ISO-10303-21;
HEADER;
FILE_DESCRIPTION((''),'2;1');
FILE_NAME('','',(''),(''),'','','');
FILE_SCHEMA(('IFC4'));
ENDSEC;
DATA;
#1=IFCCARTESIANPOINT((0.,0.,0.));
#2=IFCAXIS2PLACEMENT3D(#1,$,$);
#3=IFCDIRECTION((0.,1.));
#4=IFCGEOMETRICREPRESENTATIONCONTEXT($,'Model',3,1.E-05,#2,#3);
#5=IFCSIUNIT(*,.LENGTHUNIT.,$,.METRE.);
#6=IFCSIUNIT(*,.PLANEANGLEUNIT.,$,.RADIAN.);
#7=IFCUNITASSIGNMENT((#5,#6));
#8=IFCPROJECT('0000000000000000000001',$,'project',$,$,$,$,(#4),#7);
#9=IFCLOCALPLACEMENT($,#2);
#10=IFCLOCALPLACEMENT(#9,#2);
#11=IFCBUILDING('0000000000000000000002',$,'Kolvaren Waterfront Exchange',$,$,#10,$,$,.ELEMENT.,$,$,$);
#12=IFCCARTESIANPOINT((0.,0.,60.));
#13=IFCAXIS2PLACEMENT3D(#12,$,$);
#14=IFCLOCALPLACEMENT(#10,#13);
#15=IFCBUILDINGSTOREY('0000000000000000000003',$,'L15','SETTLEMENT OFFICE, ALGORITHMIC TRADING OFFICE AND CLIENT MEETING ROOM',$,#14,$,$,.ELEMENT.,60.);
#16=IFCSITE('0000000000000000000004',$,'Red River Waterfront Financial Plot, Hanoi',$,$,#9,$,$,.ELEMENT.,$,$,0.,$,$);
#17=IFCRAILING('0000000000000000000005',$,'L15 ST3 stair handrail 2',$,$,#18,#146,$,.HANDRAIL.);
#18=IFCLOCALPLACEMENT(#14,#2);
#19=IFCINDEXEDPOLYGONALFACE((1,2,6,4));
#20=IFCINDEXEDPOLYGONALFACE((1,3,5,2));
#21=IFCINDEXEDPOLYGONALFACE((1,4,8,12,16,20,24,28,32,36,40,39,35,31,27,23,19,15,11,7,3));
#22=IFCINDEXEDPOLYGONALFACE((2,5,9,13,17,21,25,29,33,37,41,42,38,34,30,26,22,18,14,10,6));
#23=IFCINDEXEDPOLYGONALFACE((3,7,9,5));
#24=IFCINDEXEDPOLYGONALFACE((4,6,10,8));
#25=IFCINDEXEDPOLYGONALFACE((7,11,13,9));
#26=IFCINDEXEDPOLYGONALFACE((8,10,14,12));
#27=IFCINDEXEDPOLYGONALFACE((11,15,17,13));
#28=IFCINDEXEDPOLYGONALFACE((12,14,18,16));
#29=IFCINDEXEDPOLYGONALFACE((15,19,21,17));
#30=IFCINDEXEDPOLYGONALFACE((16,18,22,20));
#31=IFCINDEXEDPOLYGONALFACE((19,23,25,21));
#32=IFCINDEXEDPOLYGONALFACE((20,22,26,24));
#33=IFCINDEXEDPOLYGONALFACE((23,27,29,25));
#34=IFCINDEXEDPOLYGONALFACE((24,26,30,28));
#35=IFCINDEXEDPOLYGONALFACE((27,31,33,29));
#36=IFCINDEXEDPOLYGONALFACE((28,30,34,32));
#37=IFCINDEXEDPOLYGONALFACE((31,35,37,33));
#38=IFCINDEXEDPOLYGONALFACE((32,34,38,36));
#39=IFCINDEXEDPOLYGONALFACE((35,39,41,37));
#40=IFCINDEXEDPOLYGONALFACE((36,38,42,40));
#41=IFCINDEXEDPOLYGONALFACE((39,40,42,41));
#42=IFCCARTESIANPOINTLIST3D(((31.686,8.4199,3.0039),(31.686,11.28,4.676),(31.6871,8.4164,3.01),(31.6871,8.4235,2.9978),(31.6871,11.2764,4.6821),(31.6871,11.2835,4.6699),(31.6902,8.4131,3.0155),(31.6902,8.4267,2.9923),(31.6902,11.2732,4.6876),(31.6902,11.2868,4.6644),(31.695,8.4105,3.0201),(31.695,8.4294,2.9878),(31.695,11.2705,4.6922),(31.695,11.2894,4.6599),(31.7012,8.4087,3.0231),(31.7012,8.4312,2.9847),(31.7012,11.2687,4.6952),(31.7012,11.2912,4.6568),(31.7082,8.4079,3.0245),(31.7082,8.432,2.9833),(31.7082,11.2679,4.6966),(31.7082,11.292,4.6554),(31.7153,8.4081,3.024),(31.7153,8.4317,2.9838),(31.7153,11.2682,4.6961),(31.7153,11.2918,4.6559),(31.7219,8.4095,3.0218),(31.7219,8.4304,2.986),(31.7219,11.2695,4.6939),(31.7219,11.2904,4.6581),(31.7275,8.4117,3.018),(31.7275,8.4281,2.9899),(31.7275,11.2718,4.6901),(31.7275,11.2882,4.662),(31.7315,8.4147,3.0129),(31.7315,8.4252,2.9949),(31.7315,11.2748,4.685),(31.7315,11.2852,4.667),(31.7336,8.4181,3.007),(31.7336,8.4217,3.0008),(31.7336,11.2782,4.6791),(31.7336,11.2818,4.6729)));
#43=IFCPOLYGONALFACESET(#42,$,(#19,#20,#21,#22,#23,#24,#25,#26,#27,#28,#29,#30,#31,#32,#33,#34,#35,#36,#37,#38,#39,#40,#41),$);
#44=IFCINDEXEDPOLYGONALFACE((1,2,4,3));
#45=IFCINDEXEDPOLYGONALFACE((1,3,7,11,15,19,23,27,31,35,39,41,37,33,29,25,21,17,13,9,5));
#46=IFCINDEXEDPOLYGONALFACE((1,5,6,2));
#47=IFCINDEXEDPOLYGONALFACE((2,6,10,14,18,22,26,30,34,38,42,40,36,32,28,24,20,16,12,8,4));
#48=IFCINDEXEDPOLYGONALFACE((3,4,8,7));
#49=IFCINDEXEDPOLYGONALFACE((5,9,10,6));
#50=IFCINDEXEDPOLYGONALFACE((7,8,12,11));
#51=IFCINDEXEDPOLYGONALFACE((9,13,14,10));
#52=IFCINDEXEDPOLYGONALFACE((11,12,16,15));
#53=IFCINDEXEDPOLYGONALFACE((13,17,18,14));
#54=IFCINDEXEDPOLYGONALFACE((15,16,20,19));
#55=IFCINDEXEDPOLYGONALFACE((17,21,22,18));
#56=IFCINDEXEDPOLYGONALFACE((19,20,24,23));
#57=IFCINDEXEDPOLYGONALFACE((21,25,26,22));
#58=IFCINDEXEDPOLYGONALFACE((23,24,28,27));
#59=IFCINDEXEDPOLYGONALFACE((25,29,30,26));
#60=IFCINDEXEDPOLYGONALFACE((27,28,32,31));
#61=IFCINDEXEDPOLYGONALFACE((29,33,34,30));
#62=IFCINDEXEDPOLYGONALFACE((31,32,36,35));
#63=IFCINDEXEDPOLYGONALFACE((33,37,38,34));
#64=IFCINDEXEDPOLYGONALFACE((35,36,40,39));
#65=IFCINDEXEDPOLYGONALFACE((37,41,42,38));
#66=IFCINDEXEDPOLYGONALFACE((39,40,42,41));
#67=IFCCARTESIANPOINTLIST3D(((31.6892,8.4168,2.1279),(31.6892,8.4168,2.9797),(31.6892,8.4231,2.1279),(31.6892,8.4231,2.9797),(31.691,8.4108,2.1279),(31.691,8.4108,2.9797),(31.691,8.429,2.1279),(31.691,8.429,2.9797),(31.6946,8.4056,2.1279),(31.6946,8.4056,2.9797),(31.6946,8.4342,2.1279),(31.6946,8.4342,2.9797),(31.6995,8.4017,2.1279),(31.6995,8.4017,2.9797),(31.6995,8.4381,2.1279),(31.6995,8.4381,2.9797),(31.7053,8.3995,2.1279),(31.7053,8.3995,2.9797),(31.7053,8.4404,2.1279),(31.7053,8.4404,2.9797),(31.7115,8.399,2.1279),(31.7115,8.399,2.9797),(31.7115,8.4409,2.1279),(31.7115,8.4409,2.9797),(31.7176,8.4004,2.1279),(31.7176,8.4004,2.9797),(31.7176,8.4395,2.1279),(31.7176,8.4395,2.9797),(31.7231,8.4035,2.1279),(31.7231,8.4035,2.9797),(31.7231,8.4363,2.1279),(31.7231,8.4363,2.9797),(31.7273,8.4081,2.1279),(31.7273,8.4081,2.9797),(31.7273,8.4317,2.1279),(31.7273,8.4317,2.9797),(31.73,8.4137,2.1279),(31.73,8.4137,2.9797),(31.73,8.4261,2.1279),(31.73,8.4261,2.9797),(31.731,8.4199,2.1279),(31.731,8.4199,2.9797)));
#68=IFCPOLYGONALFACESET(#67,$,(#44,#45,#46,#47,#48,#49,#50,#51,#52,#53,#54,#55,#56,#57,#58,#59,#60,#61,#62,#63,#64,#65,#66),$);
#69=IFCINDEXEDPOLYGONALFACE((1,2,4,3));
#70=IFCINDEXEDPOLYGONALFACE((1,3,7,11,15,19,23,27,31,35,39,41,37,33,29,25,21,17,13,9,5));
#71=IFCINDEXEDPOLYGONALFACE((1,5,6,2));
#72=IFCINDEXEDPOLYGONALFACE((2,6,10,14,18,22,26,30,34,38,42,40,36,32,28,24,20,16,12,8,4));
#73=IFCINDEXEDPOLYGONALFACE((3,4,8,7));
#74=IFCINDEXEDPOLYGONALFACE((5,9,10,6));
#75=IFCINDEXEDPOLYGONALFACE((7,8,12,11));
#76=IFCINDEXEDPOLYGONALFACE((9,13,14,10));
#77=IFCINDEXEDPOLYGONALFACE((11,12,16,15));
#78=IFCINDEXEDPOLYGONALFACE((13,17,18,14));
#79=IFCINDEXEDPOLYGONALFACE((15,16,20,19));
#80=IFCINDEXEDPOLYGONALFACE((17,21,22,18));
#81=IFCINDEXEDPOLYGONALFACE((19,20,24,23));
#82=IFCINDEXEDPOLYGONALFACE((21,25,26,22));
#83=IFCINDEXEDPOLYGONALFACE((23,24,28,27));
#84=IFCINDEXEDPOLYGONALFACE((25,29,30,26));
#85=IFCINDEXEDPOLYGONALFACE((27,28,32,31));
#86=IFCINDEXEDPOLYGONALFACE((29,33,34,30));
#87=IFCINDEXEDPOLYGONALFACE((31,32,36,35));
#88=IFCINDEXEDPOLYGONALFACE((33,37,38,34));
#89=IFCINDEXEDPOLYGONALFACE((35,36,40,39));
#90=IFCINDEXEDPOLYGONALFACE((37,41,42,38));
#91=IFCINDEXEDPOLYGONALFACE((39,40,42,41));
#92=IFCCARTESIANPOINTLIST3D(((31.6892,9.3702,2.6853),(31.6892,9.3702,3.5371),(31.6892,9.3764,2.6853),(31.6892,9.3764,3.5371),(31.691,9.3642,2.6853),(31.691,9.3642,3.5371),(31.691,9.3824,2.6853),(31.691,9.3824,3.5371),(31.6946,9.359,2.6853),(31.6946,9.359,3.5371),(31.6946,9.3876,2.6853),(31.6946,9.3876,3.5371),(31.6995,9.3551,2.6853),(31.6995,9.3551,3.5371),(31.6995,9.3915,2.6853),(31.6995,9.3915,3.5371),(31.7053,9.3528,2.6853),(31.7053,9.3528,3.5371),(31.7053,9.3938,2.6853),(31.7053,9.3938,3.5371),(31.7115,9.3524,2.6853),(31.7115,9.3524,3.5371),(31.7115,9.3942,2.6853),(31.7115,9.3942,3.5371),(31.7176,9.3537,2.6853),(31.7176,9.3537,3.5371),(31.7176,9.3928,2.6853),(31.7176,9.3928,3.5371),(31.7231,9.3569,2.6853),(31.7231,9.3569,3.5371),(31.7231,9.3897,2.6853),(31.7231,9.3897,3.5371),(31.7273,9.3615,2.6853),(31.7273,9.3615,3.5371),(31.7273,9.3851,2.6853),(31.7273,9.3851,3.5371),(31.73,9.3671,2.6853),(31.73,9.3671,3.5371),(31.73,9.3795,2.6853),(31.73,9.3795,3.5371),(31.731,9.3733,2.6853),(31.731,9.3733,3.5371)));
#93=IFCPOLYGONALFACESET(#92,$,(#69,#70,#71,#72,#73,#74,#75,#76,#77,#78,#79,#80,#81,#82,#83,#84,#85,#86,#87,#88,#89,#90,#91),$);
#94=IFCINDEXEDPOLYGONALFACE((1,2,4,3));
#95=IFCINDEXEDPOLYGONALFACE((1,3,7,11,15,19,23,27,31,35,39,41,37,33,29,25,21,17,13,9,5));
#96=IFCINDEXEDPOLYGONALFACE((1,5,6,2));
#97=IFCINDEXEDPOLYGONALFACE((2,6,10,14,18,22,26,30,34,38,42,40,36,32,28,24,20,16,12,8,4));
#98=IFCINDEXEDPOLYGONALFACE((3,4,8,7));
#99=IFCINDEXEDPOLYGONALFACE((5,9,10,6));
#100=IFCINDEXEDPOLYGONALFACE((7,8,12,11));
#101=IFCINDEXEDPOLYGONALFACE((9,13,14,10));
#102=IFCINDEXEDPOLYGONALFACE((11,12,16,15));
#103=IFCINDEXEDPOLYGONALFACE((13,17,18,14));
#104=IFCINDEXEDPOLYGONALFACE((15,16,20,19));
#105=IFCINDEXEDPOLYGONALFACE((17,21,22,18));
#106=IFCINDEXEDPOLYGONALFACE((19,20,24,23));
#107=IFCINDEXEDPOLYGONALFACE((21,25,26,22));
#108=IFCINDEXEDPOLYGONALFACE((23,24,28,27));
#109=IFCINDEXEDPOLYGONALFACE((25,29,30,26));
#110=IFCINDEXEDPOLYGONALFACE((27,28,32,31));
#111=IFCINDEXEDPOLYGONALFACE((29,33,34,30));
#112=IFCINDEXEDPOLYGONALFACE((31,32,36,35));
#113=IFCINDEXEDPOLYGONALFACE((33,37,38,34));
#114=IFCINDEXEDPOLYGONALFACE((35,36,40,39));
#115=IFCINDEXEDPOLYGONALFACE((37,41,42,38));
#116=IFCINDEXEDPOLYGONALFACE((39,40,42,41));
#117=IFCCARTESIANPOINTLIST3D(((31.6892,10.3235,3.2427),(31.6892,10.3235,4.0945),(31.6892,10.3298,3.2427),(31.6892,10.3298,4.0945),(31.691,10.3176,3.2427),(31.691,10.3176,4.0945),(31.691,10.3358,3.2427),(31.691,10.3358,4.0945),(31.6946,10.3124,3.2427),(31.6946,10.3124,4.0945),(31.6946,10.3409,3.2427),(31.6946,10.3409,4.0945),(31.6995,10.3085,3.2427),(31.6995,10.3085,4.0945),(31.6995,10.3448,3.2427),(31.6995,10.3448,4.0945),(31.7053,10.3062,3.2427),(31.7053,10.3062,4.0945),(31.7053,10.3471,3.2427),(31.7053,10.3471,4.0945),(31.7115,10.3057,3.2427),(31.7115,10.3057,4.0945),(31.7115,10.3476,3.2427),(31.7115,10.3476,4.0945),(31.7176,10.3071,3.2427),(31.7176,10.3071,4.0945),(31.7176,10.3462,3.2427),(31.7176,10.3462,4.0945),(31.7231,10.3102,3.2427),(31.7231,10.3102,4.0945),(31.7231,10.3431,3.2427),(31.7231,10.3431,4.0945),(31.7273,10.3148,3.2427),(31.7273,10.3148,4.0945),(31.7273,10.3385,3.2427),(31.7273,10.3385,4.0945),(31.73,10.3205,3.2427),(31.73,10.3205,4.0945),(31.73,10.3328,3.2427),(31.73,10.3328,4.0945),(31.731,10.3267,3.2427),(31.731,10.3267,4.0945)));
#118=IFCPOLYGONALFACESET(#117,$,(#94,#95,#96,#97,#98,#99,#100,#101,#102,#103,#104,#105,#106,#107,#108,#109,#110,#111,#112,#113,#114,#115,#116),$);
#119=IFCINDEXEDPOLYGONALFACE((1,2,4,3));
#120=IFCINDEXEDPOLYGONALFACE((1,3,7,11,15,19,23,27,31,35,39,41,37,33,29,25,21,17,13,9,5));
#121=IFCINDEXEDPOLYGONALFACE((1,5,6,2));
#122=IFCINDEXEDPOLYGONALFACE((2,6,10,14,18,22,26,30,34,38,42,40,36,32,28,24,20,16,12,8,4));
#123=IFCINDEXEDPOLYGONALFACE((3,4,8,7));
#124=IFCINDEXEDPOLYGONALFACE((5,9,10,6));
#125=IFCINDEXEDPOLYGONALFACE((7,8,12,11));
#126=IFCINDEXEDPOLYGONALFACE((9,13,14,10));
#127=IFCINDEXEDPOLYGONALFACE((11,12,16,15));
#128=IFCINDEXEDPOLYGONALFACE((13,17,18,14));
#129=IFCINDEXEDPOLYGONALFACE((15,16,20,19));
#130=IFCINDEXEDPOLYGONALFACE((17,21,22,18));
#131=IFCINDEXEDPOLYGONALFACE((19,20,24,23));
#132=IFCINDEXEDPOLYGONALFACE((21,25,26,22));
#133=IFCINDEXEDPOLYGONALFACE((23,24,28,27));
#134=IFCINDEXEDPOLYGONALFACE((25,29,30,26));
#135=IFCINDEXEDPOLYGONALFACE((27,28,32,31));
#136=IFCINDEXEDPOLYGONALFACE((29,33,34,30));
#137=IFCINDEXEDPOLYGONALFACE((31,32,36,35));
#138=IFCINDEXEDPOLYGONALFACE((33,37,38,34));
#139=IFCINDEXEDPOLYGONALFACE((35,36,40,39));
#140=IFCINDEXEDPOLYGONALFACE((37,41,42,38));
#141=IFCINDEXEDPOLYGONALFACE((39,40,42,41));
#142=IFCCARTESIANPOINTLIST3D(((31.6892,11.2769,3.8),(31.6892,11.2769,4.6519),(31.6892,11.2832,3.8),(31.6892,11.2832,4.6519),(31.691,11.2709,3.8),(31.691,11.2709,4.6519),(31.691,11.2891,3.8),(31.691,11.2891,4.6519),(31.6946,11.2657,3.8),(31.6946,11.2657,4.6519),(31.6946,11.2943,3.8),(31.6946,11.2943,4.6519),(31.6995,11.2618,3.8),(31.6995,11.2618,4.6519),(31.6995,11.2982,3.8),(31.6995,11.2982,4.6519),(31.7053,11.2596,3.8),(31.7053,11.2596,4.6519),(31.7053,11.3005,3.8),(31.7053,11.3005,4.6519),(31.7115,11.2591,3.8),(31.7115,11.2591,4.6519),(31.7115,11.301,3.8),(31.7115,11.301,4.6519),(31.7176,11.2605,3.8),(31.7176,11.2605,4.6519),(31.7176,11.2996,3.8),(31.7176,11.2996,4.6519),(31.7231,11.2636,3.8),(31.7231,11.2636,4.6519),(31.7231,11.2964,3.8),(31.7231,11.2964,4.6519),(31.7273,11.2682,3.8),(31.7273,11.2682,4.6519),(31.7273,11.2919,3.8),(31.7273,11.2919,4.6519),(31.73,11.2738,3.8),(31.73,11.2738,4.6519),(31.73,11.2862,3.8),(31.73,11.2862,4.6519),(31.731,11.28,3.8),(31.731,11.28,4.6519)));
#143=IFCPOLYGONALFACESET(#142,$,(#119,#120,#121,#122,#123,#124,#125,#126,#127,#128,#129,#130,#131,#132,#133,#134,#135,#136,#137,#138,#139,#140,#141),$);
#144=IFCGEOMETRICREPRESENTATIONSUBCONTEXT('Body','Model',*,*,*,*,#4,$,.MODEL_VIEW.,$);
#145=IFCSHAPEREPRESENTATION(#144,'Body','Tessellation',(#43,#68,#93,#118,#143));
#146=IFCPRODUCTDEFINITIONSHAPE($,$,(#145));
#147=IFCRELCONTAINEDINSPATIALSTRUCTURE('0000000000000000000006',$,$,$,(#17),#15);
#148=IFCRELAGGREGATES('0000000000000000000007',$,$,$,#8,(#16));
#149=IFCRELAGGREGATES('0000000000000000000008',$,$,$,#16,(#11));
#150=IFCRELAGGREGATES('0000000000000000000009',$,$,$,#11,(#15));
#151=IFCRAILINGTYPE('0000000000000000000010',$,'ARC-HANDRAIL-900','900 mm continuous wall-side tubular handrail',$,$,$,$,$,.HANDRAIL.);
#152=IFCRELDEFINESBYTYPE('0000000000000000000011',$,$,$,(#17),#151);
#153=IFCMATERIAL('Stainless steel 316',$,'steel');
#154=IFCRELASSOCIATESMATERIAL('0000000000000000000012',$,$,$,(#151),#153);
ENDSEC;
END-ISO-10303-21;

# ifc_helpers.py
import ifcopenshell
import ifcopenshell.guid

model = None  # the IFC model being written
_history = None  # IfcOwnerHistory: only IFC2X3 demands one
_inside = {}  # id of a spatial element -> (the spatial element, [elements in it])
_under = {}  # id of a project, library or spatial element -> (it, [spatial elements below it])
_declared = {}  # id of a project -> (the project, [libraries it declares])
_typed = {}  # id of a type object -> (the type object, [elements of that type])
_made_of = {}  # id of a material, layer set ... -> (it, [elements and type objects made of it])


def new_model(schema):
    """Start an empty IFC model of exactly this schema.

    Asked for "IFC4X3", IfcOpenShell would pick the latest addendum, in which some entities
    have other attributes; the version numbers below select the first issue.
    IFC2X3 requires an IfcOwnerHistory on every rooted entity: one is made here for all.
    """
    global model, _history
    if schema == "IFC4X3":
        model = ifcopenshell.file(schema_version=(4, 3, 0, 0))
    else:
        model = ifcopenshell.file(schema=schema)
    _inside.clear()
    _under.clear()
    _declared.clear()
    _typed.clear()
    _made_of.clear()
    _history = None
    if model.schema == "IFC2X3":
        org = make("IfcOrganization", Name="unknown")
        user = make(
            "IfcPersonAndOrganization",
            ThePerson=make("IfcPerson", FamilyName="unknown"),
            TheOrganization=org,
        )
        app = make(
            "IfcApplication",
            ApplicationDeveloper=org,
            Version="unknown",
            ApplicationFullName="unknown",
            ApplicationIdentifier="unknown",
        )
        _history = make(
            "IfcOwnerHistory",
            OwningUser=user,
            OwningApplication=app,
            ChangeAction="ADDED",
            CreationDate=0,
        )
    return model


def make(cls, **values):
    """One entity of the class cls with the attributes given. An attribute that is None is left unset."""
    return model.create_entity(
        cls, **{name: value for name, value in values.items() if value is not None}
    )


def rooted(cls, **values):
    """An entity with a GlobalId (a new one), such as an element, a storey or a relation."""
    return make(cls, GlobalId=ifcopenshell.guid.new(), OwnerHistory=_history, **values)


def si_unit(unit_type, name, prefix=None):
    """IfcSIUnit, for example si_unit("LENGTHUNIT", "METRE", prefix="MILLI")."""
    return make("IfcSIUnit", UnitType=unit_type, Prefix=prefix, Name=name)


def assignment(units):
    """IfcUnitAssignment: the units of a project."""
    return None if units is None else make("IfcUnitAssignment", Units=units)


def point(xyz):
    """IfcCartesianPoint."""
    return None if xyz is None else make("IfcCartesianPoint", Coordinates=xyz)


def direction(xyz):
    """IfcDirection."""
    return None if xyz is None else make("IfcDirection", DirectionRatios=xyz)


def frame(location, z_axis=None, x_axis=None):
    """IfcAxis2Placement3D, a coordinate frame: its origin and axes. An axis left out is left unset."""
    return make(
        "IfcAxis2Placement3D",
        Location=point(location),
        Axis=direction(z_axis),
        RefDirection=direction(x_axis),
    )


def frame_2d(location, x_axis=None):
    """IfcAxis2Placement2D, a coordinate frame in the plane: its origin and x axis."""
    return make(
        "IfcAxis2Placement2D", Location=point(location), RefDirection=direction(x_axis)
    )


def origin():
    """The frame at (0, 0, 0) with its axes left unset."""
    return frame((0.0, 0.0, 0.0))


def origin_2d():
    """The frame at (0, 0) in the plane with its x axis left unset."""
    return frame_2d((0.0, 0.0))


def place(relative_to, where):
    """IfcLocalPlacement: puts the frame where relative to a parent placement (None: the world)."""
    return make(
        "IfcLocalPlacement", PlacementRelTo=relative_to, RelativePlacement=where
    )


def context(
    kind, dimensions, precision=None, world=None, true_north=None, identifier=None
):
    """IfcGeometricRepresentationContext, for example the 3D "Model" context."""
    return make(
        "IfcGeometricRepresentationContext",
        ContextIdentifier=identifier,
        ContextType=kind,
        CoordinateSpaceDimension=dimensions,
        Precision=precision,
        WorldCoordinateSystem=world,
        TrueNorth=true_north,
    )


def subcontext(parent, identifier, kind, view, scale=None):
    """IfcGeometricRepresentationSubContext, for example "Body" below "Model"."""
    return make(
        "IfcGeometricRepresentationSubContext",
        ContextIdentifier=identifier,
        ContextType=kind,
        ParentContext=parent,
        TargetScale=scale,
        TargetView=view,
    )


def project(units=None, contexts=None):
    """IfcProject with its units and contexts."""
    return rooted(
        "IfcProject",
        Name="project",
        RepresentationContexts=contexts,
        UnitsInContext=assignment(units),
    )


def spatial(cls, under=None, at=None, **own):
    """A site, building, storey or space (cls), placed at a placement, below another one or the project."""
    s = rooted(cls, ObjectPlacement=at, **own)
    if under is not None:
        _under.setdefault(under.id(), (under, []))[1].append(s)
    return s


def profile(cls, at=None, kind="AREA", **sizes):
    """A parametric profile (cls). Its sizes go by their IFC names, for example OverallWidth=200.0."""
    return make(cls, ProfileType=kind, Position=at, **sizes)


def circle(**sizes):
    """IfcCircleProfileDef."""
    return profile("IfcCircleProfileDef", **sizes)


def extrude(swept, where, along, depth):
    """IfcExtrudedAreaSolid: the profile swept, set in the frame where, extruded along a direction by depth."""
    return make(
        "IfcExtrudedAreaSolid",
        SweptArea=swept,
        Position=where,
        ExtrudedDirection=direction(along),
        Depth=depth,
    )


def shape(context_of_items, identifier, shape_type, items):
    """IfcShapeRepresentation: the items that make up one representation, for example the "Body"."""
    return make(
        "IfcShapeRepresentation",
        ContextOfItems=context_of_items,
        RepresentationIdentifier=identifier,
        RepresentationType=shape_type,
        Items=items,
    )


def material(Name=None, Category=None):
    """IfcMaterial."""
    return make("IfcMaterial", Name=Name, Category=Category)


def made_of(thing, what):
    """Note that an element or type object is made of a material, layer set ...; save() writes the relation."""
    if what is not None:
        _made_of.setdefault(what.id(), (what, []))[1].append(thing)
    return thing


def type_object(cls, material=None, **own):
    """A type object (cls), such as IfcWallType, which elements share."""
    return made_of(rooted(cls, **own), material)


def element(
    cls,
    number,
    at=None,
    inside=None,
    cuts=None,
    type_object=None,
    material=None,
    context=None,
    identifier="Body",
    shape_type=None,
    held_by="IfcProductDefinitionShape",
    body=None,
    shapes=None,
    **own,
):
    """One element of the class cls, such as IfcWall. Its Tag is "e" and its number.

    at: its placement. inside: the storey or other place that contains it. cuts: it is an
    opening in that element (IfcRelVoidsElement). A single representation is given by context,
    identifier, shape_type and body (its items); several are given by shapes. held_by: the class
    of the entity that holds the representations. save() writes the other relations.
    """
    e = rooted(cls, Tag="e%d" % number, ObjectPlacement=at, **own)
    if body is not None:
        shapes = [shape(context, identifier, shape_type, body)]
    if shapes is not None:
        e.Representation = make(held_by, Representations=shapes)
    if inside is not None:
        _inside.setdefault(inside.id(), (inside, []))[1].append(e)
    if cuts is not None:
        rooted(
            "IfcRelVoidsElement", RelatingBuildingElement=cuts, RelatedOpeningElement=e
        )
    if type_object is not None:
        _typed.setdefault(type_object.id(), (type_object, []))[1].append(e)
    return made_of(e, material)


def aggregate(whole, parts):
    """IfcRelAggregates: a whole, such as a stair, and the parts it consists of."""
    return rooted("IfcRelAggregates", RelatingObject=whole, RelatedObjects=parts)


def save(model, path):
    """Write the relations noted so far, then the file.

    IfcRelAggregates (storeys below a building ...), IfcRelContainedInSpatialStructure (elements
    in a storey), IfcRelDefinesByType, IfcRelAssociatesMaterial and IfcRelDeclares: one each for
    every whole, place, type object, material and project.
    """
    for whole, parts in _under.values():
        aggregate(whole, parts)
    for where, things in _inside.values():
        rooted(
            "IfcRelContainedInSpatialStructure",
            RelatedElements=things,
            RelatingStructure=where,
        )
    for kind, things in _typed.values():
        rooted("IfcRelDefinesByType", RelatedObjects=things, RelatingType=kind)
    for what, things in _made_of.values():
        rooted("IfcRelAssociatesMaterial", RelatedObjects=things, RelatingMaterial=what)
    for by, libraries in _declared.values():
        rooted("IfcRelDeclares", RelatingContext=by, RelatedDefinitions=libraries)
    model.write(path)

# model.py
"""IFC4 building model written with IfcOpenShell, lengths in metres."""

from ifc_helpers import new_model, si_unit, direction, frame, origin, origin_2d, place, context, subcontext, project, spatial, circle, extrude, material, type_object, element, save


model = new_model("IFC4")

# Units and contexts
model_context = context("Model", 3, precision=1e-05, world=origin(), true_north=direction((0.0, 1.0)))
body_context = subcontext(model_context, "Body", "Model", "MODEL_VIEW")
ifc_project = project(units=[si_unit("LENGTHUNIT", "METRE"), si_unit("PLANEANGLEUNIT", "RADIAN")], contexts=[model_context])

# Site, building, storey
site_placement = place(None, origin())
site = spatial("IfcSite", under=ifc_project, at=site_placement, Name="Red River Waterfront Financial Plot, Hanoi", CompositionType="ELEMENT", RefElevation=0.0)
building_placement = place(site_placement, origin())
building = spatial("IfcBuilding", under=site, at=building_placement, Name="Kolvaren Waterfront Exchange", CompositionType="ELEMENT")
storey_placement = place(building_placement, frame((0.0, 0.0, 60.0)))
storey = spatial("IfcBuildingStorey", under=building, at=storey_placement, Name="L15", Description="SETTLEMENT OFFICE, ALGORITHMIC TRADING OFFICE AND CLIENT MEETING ROOM", CompositionType="ELEMENT", Elevation=60.0)

# Railing
ifc_material_1 = material(Name="Stainless steel 316", Category="steel")
railing_type = type_object("IfcRailingType", Name="ARC-HANDRAIL-900", Description="900 mm continuous wall-side tubular handrail", PredefinedType="HANDRAIL", material=ifc_material_1)
railing_placement = place(storey_placement, frame((31.71, 8.4199, 2.1279)))
element("IfcRailing", 1, at=railing_placement, inside=storey, type_object=railing_type, Name="L15 ST3 stair handrail 2", PredefinedType="HANDRAIL", context=body_context, shape_type="SweptSolid", body=[
    extrude(circle(Radius=0.0239, at=origin_2d()), frame((0.0, 0.0, 0.876), z_axis=(0.0, 0.863289, 0.504709), x_axis=(-1.0, 0.0, 0.0)), (0.0, 0.0, 1.0), 3.313),
    extrude(circle(Radius=0.021, at=origin_2d()), origin(), (0.0, 0.0, 1.0), 0.8518),
    extrude(circle(Radius=0.021, at=origin_2d()), frame((0.0, 0.9534, 0.5574)), (0.0, 0.0, 1.0), 0.8518),
    extrude(circle(Radius=0.021, at=origin_2d()), frame((0.0, 1.9067, 1.1147)), (0.0, 0.0, 1.0), 0.8518),
    extrude(circle(Radius=0.021, at=origin_2d()), frame((0.0, 2.8601, 1.6721)), (0.0, 0.0, 1.0), 0.8518),
])

save(model, "model.ifc")
